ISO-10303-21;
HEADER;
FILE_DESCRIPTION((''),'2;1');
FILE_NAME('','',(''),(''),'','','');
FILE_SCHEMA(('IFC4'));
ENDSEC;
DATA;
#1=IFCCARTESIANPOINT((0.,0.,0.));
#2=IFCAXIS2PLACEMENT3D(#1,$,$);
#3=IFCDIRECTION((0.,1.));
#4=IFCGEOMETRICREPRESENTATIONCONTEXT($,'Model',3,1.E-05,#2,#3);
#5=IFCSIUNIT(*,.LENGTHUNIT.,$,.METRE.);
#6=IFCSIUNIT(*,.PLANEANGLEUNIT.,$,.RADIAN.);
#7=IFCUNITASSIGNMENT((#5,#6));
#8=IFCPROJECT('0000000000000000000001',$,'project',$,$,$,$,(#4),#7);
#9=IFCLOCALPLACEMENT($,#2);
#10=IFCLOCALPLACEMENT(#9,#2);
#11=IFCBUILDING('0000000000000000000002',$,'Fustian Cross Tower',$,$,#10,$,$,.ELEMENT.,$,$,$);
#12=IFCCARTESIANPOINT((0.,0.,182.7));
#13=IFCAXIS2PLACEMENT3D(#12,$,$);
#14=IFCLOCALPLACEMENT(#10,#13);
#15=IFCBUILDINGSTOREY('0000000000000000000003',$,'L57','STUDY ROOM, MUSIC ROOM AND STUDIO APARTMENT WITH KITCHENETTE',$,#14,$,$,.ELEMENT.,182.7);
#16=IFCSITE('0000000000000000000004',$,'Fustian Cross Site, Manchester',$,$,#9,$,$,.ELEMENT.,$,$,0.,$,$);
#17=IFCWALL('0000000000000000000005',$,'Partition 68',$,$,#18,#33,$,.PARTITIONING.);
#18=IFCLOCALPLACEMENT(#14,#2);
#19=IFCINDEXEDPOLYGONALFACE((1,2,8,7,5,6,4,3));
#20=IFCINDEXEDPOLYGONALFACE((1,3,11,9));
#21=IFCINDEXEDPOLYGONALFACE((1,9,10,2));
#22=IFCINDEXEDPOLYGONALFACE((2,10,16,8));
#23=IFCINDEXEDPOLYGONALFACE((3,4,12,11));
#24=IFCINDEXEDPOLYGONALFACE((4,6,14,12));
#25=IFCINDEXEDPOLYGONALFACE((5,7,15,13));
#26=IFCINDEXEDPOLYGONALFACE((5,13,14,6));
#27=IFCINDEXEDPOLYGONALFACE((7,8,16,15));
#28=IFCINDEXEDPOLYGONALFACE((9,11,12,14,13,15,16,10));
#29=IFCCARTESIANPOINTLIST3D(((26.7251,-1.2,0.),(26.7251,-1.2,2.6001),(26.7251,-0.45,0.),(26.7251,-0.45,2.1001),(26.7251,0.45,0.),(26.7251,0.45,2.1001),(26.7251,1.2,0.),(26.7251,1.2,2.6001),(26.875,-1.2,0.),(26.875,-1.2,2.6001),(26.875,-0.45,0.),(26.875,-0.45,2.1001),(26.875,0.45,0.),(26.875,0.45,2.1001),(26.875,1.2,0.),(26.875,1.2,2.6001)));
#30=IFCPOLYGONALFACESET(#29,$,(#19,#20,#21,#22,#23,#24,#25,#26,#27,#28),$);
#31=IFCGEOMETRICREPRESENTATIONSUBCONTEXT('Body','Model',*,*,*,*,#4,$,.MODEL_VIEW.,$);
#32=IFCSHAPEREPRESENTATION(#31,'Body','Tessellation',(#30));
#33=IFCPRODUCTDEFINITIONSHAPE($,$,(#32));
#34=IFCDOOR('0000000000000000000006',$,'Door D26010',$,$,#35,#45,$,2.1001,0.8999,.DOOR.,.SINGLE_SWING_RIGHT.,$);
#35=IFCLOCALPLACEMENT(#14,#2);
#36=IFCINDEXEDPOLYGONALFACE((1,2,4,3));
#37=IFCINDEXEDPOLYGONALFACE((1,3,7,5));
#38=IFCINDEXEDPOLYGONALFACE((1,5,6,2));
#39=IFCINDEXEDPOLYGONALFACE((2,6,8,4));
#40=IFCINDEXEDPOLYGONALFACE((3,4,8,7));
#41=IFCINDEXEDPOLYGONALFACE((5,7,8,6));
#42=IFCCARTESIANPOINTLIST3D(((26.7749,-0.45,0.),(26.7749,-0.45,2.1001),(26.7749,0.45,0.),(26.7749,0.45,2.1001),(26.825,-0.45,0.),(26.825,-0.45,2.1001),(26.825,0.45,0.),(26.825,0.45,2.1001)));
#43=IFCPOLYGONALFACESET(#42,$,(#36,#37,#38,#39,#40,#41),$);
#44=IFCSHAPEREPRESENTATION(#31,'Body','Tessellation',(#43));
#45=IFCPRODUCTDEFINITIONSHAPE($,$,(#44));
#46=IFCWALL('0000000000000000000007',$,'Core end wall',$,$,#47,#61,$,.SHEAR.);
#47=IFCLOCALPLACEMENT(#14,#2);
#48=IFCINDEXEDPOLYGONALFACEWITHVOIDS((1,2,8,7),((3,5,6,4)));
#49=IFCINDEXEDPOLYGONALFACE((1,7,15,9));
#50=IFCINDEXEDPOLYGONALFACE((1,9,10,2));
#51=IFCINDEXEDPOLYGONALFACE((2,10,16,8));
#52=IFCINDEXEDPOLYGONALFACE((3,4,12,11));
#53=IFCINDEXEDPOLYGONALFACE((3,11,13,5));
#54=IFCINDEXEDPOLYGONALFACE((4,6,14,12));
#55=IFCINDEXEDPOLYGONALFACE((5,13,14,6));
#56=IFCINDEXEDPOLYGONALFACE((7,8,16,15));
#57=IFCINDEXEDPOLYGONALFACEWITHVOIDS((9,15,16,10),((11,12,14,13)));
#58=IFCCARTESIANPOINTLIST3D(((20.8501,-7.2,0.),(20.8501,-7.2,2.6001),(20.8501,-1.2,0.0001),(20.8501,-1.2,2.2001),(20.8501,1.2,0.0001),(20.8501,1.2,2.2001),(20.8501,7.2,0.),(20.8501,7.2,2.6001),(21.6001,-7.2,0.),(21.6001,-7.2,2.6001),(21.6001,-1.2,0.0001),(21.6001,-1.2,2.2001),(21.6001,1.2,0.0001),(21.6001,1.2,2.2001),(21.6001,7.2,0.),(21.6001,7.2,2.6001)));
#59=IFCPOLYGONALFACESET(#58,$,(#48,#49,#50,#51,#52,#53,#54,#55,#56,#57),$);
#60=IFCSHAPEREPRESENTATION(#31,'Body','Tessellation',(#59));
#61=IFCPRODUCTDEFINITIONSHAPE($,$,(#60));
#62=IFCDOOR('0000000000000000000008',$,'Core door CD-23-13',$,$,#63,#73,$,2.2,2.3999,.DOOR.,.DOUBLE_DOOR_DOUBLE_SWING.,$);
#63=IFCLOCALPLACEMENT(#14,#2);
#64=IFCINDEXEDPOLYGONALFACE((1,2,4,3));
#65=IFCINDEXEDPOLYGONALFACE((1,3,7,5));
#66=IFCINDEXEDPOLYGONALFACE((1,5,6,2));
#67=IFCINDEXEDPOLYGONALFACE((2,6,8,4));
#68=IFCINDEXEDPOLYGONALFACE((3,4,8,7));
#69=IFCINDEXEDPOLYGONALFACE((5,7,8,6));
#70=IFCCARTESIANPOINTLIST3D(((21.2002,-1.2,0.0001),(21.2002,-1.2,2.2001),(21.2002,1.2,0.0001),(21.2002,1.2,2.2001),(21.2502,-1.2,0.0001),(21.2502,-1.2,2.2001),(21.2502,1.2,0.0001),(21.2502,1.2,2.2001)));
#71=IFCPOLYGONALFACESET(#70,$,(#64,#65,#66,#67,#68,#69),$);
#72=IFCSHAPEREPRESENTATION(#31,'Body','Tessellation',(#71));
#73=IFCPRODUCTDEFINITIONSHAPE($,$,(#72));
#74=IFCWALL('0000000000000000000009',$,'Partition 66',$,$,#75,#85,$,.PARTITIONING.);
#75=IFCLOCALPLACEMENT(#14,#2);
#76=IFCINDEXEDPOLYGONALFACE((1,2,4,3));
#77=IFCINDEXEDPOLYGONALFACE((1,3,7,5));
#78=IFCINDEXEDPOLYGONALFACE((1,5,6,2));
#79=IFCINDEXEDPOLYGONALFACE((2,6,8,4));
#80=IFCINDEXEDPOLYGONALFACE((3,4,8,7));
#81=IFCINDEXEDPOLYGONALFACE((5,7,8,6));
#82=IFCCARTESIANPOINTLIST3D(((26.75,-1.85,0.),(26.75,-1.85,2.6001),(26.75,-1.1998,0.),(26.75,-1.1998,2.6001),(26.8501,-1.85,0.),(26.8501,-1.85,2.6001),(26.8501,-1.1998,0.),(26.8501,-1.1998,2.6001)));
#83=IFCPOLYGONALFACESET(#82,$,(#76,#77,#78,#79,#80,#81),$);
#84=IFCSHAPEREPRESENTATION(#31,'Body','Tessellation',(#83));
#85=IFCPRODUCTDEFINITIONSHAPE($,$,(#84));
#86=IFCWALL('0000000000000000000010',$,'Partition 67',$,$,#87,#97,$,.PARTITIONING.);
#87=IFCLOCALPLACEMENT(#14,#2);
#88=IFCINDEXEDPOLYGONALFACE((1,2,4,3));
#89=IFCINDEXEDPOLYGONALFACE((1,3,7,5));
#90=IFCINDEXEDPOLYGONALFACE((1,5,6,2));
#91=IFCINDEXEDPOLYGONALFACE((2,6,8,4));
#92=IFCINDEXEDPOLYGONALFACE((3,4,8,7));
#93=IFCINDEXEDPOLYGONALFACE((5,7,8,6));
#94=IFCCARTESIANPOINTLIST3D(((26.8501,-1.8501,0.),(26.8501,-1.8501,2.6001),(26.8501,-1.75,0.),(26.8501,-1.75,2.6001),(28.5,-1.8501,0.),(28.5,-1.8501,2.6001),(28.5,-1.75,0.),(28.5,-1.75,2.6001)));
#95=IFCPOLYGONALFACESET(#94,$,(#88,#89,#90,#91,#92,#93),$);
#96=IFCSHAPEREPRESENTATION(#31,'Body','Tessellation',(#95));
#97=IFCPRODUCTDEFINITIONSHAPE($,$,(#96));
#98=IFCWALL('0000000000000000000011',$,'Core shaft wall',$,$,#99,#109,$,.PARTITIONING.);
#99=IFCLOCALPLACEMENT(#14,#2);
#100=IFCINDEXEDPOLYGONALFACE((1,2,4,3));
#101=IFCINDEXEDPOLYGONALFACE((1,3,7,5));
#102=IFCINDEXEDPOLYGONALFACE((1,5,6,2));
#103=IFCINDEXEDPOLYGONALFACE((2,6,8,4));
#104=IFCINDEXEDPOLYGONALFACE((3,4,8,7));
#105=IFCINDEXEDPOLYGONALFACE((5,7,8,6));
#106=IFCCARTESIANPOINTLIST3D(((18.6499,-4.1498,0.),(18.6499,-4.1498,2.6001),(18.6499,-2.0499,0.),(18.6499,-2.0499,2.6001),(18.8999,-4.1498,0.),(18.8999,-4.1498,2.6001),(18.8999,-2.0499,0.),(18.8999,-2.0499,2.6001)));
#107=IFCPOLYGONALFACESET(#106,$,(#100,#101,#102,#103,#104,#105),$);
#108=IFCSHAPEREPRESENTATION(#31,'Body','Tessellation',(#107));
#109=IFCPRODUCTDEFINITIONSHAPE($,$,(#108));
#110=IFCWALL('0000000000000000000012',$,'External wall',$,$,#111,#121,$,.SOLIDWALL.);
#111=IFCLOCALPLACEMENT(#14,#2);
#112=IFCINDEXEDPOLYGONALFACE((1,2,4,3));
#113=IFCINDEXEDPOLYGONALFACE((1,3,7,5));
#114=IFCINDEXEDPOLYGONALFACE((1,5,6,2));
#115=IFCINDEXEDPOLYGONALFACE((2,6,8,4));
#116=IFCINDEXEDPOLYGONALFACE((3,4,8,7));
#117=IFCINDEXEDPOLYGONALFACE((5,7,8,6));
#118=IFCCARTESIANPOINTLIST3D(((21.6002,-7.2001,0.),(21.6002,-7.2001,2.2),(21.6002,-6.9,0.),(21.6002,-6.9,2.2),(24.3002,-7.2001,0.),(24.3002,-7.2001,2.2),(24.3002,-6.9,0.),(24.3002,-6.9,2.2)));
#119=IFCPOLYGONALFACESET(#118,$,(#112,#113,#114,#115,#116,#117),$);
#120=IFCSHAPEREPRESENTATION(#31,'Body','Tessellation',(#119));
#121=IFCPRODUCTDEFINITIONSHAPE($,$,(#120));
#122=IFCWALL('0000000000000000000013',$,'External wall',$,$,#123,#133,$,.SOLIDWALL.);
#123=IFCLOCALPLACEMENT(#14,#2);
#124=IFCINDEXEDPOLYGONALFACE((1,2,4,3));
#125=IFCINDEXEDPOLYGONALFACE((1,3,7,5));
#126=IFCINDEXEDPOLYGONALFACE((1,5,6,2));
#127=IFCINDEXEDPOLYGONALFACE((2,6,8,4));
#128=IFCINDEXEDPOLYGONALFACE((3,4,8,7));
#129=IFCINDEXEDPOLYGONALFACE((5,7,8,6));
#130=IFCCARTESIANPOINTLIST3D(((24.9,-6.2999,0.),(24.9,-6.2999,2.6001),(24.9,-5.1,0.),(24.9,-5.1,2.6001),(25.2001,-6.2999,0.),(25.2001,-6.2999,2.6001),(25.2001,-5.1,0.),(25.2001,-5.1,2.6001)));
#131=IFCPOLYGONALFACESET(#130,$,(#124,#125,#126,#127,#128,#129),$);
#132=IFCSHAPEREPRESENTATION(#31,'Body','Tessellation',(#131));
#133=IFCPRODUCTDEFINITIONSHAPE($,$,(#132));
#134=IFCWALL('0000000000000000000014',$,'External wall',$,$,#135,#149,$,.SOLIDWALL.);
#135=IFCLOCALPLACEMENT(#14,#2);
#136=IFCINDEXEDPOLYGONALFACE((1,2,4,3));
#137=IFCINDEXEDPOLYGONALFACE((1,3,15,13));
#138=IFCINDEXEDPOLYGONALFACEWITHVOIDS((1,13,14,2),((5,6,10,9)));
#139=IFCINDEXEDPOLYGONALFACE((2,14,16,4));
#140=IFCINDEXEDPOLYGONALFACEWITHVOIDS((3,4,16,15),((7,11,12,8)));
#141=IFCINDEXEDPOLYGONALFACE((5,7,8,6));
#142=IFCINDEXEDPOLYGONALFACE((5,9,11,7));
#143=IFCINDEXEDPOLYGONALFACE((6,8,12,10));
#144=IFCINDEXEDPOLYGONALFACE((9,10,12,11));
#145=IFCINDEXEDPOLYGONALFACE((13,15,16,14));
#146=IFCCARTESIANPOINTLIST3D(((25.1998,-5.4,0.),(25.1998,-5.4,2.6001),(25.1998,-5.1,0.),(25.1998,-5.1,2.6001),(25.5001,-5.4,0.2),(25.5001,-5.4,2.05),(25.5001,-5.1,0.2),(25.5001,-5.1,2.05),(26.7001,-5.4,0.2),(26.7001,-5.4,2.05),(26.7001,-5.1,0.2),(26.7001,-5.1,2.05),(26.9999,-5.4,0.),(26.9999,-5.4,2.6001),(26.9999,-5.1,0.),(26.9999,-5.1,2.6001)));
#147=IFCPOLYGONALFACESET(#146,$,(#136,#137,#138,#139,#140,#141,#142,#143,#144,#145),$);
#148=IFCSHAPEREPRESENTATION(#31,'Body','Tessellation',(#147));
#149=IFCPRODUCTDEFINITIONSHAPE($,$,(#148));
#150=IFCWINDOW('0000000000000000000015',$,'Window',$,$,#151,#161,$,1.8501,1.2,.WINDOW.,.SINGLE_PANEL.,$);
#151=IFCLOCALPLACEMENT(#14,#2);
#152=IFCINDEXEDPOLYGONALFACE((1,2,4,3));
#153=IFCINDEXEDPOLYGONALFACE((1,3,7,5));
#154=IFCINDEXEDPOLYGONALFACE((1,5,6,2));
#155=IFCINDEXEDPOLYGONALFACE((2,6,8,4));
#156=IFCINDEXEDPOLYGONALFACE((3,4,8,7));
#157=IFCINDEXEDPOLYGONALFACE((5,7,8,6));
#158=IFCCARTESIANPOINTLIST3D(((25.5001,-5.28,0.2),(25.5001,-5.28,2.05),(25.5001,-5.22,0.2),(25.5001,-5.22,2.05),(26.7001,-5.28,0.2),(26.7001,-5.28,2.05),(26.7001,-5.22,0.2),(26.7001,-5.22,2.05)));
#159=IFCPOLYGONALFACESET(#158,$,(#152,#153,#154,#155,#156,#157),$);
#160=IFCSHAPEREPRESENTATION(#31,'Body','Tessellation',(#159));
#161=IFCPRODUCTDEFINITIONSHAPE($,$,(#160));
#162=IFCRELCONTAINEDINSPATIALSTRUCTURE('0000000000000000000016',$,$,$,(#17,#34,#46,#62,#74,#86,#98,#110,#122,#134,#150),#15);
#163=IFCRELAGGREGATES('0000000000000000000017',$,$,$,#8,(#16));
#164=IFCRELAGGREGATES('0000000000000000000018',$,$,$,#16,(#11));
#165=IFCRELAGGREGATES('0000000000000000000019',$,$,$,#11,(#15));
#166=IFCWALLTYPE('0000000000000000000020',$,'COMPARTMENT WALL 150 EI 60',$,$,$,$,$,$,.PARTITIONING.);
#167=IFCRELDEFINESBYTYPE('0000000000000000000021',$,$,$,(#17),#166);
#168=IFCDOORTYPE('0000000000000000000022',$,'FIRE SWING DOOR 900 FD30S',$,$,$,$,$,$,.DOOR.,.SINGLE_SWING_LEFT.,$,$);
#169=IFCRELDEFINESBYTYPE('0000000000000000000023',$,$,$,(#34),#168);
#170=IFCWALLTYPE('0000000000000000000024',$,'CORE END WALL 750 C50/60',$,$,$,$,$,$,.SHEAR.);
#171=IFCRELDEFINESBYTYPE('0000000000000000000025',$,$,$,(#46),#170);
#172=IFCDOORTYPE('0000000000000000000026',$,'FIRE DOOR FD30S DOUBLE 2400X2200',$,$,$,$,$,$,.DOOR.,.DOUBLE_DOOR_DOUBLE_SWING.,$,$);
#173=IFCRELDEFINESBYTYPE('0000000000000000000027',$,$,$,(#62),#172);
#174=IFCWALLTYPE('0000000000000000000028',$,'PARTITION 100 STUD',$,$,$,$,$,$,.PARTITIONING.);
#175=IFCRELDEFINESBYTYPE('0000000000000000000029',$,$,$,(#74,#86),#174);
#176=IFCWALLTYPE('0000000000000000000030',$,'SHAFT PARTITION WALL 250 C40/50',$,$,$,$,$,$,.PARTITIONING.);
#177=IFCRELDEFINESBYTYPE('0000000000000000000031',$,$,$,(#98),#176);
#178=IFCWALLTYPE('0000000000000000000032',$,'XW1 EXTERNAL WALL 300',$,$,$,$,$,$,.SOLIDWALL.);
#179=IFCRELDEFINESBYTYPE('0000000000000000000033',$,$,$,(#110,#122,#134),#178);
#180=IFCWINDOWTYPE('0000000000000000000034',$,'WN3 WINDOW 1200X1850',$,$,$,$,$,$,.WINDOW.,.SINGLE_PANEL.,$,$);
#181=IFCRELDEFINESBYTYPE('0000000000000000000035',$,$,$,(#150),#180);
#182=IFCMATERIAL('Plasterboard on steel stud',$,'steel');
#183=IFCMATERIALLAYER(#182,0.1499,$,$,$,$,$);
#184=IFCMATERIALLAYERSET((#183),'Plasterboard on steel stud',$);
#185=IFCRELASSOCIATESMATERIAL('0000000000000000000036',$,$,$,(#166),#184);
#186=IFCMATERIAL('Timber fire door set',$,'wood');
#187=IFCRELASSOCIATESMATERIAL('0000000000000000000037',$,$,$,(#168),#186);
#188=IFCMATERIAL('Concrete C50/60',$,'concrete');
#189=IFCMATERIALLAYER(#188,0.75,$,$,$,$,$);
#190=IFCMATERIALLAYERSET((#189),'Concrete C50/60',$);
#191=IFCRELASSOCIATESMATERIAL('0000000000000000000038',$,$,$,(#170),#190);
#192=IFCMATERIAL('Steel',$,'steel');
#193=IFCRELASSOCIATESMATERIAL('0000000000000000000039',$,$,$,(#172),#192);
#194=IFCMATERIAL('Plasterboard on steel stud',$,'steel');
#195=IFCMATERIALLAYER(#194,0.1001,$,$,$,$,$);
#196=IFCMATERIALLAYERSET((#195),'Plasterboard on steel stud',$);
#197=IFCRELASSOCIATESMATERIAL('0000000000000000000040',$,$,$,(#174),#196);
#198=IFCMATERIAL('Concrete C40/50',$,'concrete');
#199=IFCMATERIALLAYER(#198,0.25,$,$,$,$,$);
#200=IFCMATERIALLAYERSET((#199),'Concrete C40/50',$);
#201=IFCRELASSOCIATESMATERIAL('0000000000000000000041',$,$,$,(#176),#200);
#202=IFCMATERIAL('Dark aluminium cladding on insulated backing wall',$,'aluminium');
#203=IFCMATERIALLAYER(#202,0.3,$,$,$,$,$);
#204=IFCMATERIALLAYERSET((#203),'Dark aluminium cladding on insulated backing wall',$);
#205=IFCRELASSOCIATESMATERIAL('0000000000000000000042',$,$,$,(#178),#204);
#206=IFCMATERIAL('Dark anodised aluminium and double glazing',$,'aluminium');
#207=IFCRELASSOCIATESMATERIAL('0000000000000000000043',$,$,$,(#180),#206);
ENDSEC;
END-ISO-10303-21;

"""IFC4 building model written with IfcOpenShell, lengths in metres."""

from ifc_helpers import new_model, si_unit, direction, frame, frame_2d, origin, place, context, subcontext, project, spatial, rectangle, extrude, material, layer, layer_set, type_object, element, fill, save


model = new_model("IFC4")

# Units and contexts
model_context = context("Model", 3, precision=1e-05, world=origin(), true_north=direction((0.0, 1.0)))
body_context = subcontext(model_context, "Body", "Model", "MODEL_VIEW")
ifc_project = project(units=[si_unit("LENGTHUNIT", "METRE"), si_unit("PLANEANGLEUNIT", "RADIAN")], contexts=[model_context])

# Site, building, storey
site_placement = place(None, origin())
site = spatial("IfcSite", under=ifc_project, at=site_placement, Name="Fustian Cross Site, Manchester", CompositionType="ELEMENT", RefElevation=0.0)
building_placement = place(site_placement, origin())
building = spatial("IfcBuilding", under=site, at=building_placement, Name="Fustian Cross Tower", CompositionType="ELEMENT")
storey_placement = place(building_placement, frame((0.0, 0.0, 182.7)))
storey = spatial("IfcBuildingStorey", under=building, at=storey_placement, Name="L57", Description="STUDY ROOM, MUSIC ROOM AND STUDIO APARTMENT WITH KITCHENETTE", CompositionType="ELEMENT", Elevation=182.7)

# Shared definitions
ifc_material_1 = material(Name="Plasterboard on steel stud", Category="steel")
ifc_layer_1 = layer(ifc_material_1, 0.1499)
ifc_layer_set_1 = layer_set([ifc_layer_1], Name="Plasterboard on steel stud")
wall_type_1 = type_object("IfcWallType", Name="COMPARTMENT WALL 150 EI 60", PredefinedType="PARTITIONING", material=ifc_layer_set_1)
ifc_material_2 = material(Name="Timber fire door set", Category="wood")
door_type_1 = type_object("IfcDoorType", Name="FIRE SWING DOOR 900 FD30S", OperationType="SINGLE_SWING_LEFT", PredefinedType="DOOR", material=ifc_material_2)

# Walls, openings, doors
wall_1_placement = place(storey_placement, frame((26.8, -1.2, 0.0), z_axis=(0.0, 0.0, 1.0), x_axis=(0.0, 1.0, 0.0)))
wall_1 = element("IfcWall", 1, at=wall_1_placement, inside=storey, type_object=wall_type_1, Name="Partition 68", PredefinedType="PARTITIONING", context=body_context, shape_type="SweptSolid", body=[
    extrude(rectangle(XDim=2.3999, YDim=0.1499, at=frame_2d((1.2, 0.0))), origin(), (0.0, 0.0, 1.0), 2.6001),
])
opening_1_placement = place(wall_1_placement, frame((0.75, 0.0, 0.0)))
opening_1 = element("IfcOpeningElement", 2, at=opening_1_placement, cuts=wall_1, PredefinedType="OPENING", context=body_context, shape_type="SweptSolid", body=[
    extrude(rectangle(XDim=0.8999, YDim=2.1001, at=frame_2d((0.45, 1.05))), frame((0.0, 0.085, 0.0), z_axis=(0.0, -1.0, 0.0), x_axis=(1.0, 0.0, 0.0)), (0.0, 0.0, 1.0), 0.1699),
])
door_1_placement = place(opening_1_placement, frame((0.8999, 0.0, 0.0), z_axis=(0.0, 0.0, 1.0), x_axis=(-1.0, 0.0, 0.0)))
door_1 = element("IfcDoor", 3, at=door_1_placement, inside=storey, type_object=door_type_1, Name="Door D26010", OperationType="SINGLE_SWING_RIGHT", OverallHeight=2.1001, OverallWidth=0.8999, PredefinedType="DOOR", context=body_context, shape_type="SweptSolid", body=[
    extrude(rectangle(XDim=0.8999, YDim=2.1001, at=frame_2d((0.45, 1.05))), frame((0.0, 0.0249, 0.0), z_axis=(0.0, -1.0, 0.0), x_axis=(1.0, 0.0, 0.0)), (0.0, 0.0, 1.0), 0.05),
])
fill(opening_1, door_1)
ifc_material_3 = material(Name="Concrete C50/60", Category="concrete")
ifc_layer_2 = layer(ifc_material_3, 0.75)
ifc_layer_set_2 = layer_set([ifc_layer_2], Name="Concrete C50/60")
wall_type_2 = type_object("IfcWallType", Name="CORE END WALL 750 C50/60", PredefinedType="SHEAR", material=ifc_layer_set_2)
wall_2_placement = place(storey_placement, frame((21.2251, -7.2, 0.0), z_axis=(0.0, 0.0, 1.0), x_axis=(0.0, 1.0, 0.0)))
wall_2 = element("IfcWall", 4, at=wall_2_placement, inside=storey, type_object=wall_type_2, Name="Core end wall", PredefinedType="SHEAR", context=body_context, shape_type="SweptSolid", body=[
    extrude(rectangle(XDim=14.3999, YDim=0.75, at=frame_2d((7.2, 0.0))), origin(), (0.0, 0.0, 1.0), 2.6001),
])
opening_2_placement = place(wall_2_placement, frame((6.0, 0.0, 0.0)))
opening_2 = element("IfcOpeningElement", 5, at=opening_2_placement, cuts=wall_2, PredefinedType="OPENING", context=body_context, shape_type="SweptSolid", body=[
    extrude(rectangle(XDim=2.3999, YDim=2.2, at=frame_2d((1.2, 1.1001))), frame((0.0, 0.385, 0.0), z_axis=(0.0, -1.0, 0.0), x_axis=(1.0, 0.0, 0.0)), (0.0, 0.0, 1.0), 0.77),
])
ifc_material_4 = material(Name="Steel", Category="steel")
door_type_2 = type_object("IfcDoorType", Name="FIRE DOOR FD30S DOUBLE 2400X2200", OperationType="DOUBLE_DOOR_DOUBLE_SWING", PredefinedType="DOOR", material=ifc_material_4)
door_2_placement = place(opening_2_placement, origin())
door_2 = element("IfcDoor", 6, at=door_2_placement, inside=storey, type_object=door_type_2, Name="Core door CD-23-13", OperationType="DOUBLE_DOOR_DOUBLE_SWING", OverallHeight=2.2, OverallWidth=2.3999, PredefinedType="DOOR", context=body_context, shape_type="SweptSolid", body=[
    extrude(rectangle(XDim=2.3999, YDim=2.2, at=frame_2d((1.2, 1.1001))), frame((0.0, 0.0249, 0.0), z_axis=(0.0, -1.0, 0.0), x_axis=(1.0, 0.0, 0.0)), (0.0, 0.0, 1.0), 0.05),
])
fill(opening_2, door_2)

# Walls
ifc_material_5 = material(Name="Plasterboard on steel stud", Category="steel")
ifc_layer_3 = layer(ifc_material_5, 0.1001)
ifc_layer_set_3 = layer_set([ifc_layer_3], Name="Plasterboard on steel stud")
wall_type_3 = type_object("IfcWallType", Name="PARTITION 100 STUD", PredefinedType="PARTITIONING", material=ifc_layer_set_3)
wall_3_placement = place(storey_placement, frame((26.8, -1.8501, 0.0), z_axis=(0.0, 0.0, 1.0), x_axis=(0.0, 1.0, 0.0)))
element("IfcWall", 7, at=wall_3_placement, inside=storey, type_object=wall_type_3, Name="Partition 66", PredefinedType="PARTITIONING", context=body_context, shape_type="SweptSolid", body=[
    extrude(rectangle(XDim=0.6501, YDim=0.1001, at=frame_2d((0.3252, 0.0))), origin(), (0.0, 0.0, 1.0), 2.6001),
])
wall_4_placement = place(storey_placement, frame((26.8501, -1.8, 0.0), z_axis=(0.0, 0.0, 1.0), x_axis=(1.0, 0.0, 0.0)))
element("IfcWall", 8, at=wall_4_placement, inside=storey, type_object=wall_type_3, Name="Partition 67", PredefinedType="PARTITIONING", context=body_context, shape_type="SweptSolid", body=[
    extrude(rectangle(XDim=1.6499, YDim=0.1001, at=frame_2d((0.825, 0.0))), origin(), (0.0, 0.0, 1.0), 2.6001),
])
ifc_material_6 = material(Name="Concrete C40/50", Category="concrete")
ifc_layer_4 = layer(ifc_material_6, 0.25)
ifc_layer_set_4 = layer_set([ifc_layer_4], Name="Concrete C40/50")
wall_type_4 = type_object("IfcWallType", Name="SHAFT PARTITION WALL 250 C40/50", PredefinedType="PARTITIONING", material=ifc_layer_set_4)
wall_5_placement = place(storey_placement, frame((18.7749, -2.05, 0.0), z_axis=(0.0, 0.0, 1.0), x_axis=(0.0, -1.0, 0.0)))
element("IfcWall", 9, at=wall_5_placement, inside=storey, type_object=wall_type_4, Name="Core shaft wall", PredefinedType="PARTITIONING", context=body_context, shape_type="SweptSolid", body=[
    extrude(rectangle(XDim=2.0999, YDim=0.25, at=frame_2d((1.0498, 0.0))), origin(), (0.0, 0.0, 1.0), 2.6001),
])
ifc_material_7 = material(Name="Dark aluminium cladding on insulated backing wall", Category="aluminium")
ifc_layer_5 = layer(ifc_material_7, 0.3)
ifc_layer_set_5 = layer_set([ifc_layer_5], Name="Dark aluminium cladding on insulated backing wall")
wall_type_5 = type_object("IfcWallType", Name="XW1 EXTERNAL WALL 300", PredefinedType="SOLIDWALL", material=ifc_layer_set_5)
wall_6_placement = place(storey_placement, frame((21.6001, -7.05, 0.0), z_axis=(0.0, 0.0, 1.0), x_axis=(1.0, 0.0, 0.0)))
element("IfcWall", 10, at=wall_6_placement, inside=storey, type_object=wall_type_5, Name="External wall", PredefinedType="SOLIDWALL", context=body_context, shape_type="SweptSolid", body=[
    extrude(rectangle(XDim=2.7, YDim=0.3, at=frame_2d((1.3501, 0.0))), origin(), (0.0, 0.0, 1.0), 2.2),
])
wall_7_placement = place(storey_placement, frame((25.05, -6.3, 0.0), z_axis=(0.0, 0.0, 1.0), x_axis=(0.0, 1.0, 0.0)))
element("IfcWall", 11, at=wall_7_placement, inside=storey, type_object=wall_type_5, Name="External wall", PredefinedType="SOLIDWALL", context=body_context, shape_type="SweptSolid", body=[
    extrude(rectangle(XDim=1.2, YDim=0.3, at=frame_2d((0.6001, 0.0))), origin(), (0.0, 0.0, 1.0), 2.6001),
])

# Wall, opening, window
wall_8_placement = place(storey_placement, frame((25.2, -5.25, 0.0), z_axis=(0.0, 0.0, 1.0), x_axis=(1.0, 0.0, 0.0)))
wall_8 = element("IfcWall", 12, at=wall_8_placement, inside=storey, type_object=wall_type_5, Name="External wall", PredefinedType="SOLIDWALL", context=body_context, shape_type="SweptSolid", body=[
    extrude(rectangle(XDim=1.8, YDim=0.3, at=frame_2d((0.8999, 0.0))), origin(), (0.0, 0.0, 1.0), 2.6001),
])
opening_3_placement = place(wall_8_placement, frame((0.3, 0.0, 0.2)))
opening_3 = element("IfcOpeningElement", 13, at=opening_3_placement, cuts=wall_8, PredefinedType="OPENING", context=body_context, shape_type="SweptSolid", body=[
    extrude(rectangle(XDim=1.2, YDim=1.8501, at=frame_2d((0.6001, 0.925))), frame((0.0, 0.1599, 0.0), z_axis=(0.0, -1.0, 0.0), x_axis=(1.0, 0.0, 0.0)), (0.0, 0.0, 1.0), 0.3201),
])
ifc_material_8 = material(Name="Dark anodised aluminium and double glazing", Category="aluminium")
window_type_1 = type_object("IfcWindowType", Name="WN3 WINDOW 1200X1850", PartitioningType="SINGLE_PANEL", PredefinedType="WINDOW", material=ifc_material_8)
window_1_placement = place(opening_3_placement, origin())
window_1 = element("IfcWindow", 14, at=window_1_placement, inside=storey, type_object=window_type_1, Name="Window", OverallHeight=1.8501, OverallWidth=1.2, PartitioningType="SINGLE_PANEL", PredefinedType="WINDOW", context=body_context, shape_type="SweptSolid", body=[
    extrude(rectangle(XDim=1.2, YDim=1.8501, at=frame_2d((0.6001, 0.925))), frame((0.0, 0.03, 0.0), z_axis=(0.0, -1.0, 0.0), x_axis=(1.0, 0.0, 0.0)), (0.0, 0.0, 1.0), 0.0601),
])
fill(opening_3, window_1)

save(model, "model.ifc")
